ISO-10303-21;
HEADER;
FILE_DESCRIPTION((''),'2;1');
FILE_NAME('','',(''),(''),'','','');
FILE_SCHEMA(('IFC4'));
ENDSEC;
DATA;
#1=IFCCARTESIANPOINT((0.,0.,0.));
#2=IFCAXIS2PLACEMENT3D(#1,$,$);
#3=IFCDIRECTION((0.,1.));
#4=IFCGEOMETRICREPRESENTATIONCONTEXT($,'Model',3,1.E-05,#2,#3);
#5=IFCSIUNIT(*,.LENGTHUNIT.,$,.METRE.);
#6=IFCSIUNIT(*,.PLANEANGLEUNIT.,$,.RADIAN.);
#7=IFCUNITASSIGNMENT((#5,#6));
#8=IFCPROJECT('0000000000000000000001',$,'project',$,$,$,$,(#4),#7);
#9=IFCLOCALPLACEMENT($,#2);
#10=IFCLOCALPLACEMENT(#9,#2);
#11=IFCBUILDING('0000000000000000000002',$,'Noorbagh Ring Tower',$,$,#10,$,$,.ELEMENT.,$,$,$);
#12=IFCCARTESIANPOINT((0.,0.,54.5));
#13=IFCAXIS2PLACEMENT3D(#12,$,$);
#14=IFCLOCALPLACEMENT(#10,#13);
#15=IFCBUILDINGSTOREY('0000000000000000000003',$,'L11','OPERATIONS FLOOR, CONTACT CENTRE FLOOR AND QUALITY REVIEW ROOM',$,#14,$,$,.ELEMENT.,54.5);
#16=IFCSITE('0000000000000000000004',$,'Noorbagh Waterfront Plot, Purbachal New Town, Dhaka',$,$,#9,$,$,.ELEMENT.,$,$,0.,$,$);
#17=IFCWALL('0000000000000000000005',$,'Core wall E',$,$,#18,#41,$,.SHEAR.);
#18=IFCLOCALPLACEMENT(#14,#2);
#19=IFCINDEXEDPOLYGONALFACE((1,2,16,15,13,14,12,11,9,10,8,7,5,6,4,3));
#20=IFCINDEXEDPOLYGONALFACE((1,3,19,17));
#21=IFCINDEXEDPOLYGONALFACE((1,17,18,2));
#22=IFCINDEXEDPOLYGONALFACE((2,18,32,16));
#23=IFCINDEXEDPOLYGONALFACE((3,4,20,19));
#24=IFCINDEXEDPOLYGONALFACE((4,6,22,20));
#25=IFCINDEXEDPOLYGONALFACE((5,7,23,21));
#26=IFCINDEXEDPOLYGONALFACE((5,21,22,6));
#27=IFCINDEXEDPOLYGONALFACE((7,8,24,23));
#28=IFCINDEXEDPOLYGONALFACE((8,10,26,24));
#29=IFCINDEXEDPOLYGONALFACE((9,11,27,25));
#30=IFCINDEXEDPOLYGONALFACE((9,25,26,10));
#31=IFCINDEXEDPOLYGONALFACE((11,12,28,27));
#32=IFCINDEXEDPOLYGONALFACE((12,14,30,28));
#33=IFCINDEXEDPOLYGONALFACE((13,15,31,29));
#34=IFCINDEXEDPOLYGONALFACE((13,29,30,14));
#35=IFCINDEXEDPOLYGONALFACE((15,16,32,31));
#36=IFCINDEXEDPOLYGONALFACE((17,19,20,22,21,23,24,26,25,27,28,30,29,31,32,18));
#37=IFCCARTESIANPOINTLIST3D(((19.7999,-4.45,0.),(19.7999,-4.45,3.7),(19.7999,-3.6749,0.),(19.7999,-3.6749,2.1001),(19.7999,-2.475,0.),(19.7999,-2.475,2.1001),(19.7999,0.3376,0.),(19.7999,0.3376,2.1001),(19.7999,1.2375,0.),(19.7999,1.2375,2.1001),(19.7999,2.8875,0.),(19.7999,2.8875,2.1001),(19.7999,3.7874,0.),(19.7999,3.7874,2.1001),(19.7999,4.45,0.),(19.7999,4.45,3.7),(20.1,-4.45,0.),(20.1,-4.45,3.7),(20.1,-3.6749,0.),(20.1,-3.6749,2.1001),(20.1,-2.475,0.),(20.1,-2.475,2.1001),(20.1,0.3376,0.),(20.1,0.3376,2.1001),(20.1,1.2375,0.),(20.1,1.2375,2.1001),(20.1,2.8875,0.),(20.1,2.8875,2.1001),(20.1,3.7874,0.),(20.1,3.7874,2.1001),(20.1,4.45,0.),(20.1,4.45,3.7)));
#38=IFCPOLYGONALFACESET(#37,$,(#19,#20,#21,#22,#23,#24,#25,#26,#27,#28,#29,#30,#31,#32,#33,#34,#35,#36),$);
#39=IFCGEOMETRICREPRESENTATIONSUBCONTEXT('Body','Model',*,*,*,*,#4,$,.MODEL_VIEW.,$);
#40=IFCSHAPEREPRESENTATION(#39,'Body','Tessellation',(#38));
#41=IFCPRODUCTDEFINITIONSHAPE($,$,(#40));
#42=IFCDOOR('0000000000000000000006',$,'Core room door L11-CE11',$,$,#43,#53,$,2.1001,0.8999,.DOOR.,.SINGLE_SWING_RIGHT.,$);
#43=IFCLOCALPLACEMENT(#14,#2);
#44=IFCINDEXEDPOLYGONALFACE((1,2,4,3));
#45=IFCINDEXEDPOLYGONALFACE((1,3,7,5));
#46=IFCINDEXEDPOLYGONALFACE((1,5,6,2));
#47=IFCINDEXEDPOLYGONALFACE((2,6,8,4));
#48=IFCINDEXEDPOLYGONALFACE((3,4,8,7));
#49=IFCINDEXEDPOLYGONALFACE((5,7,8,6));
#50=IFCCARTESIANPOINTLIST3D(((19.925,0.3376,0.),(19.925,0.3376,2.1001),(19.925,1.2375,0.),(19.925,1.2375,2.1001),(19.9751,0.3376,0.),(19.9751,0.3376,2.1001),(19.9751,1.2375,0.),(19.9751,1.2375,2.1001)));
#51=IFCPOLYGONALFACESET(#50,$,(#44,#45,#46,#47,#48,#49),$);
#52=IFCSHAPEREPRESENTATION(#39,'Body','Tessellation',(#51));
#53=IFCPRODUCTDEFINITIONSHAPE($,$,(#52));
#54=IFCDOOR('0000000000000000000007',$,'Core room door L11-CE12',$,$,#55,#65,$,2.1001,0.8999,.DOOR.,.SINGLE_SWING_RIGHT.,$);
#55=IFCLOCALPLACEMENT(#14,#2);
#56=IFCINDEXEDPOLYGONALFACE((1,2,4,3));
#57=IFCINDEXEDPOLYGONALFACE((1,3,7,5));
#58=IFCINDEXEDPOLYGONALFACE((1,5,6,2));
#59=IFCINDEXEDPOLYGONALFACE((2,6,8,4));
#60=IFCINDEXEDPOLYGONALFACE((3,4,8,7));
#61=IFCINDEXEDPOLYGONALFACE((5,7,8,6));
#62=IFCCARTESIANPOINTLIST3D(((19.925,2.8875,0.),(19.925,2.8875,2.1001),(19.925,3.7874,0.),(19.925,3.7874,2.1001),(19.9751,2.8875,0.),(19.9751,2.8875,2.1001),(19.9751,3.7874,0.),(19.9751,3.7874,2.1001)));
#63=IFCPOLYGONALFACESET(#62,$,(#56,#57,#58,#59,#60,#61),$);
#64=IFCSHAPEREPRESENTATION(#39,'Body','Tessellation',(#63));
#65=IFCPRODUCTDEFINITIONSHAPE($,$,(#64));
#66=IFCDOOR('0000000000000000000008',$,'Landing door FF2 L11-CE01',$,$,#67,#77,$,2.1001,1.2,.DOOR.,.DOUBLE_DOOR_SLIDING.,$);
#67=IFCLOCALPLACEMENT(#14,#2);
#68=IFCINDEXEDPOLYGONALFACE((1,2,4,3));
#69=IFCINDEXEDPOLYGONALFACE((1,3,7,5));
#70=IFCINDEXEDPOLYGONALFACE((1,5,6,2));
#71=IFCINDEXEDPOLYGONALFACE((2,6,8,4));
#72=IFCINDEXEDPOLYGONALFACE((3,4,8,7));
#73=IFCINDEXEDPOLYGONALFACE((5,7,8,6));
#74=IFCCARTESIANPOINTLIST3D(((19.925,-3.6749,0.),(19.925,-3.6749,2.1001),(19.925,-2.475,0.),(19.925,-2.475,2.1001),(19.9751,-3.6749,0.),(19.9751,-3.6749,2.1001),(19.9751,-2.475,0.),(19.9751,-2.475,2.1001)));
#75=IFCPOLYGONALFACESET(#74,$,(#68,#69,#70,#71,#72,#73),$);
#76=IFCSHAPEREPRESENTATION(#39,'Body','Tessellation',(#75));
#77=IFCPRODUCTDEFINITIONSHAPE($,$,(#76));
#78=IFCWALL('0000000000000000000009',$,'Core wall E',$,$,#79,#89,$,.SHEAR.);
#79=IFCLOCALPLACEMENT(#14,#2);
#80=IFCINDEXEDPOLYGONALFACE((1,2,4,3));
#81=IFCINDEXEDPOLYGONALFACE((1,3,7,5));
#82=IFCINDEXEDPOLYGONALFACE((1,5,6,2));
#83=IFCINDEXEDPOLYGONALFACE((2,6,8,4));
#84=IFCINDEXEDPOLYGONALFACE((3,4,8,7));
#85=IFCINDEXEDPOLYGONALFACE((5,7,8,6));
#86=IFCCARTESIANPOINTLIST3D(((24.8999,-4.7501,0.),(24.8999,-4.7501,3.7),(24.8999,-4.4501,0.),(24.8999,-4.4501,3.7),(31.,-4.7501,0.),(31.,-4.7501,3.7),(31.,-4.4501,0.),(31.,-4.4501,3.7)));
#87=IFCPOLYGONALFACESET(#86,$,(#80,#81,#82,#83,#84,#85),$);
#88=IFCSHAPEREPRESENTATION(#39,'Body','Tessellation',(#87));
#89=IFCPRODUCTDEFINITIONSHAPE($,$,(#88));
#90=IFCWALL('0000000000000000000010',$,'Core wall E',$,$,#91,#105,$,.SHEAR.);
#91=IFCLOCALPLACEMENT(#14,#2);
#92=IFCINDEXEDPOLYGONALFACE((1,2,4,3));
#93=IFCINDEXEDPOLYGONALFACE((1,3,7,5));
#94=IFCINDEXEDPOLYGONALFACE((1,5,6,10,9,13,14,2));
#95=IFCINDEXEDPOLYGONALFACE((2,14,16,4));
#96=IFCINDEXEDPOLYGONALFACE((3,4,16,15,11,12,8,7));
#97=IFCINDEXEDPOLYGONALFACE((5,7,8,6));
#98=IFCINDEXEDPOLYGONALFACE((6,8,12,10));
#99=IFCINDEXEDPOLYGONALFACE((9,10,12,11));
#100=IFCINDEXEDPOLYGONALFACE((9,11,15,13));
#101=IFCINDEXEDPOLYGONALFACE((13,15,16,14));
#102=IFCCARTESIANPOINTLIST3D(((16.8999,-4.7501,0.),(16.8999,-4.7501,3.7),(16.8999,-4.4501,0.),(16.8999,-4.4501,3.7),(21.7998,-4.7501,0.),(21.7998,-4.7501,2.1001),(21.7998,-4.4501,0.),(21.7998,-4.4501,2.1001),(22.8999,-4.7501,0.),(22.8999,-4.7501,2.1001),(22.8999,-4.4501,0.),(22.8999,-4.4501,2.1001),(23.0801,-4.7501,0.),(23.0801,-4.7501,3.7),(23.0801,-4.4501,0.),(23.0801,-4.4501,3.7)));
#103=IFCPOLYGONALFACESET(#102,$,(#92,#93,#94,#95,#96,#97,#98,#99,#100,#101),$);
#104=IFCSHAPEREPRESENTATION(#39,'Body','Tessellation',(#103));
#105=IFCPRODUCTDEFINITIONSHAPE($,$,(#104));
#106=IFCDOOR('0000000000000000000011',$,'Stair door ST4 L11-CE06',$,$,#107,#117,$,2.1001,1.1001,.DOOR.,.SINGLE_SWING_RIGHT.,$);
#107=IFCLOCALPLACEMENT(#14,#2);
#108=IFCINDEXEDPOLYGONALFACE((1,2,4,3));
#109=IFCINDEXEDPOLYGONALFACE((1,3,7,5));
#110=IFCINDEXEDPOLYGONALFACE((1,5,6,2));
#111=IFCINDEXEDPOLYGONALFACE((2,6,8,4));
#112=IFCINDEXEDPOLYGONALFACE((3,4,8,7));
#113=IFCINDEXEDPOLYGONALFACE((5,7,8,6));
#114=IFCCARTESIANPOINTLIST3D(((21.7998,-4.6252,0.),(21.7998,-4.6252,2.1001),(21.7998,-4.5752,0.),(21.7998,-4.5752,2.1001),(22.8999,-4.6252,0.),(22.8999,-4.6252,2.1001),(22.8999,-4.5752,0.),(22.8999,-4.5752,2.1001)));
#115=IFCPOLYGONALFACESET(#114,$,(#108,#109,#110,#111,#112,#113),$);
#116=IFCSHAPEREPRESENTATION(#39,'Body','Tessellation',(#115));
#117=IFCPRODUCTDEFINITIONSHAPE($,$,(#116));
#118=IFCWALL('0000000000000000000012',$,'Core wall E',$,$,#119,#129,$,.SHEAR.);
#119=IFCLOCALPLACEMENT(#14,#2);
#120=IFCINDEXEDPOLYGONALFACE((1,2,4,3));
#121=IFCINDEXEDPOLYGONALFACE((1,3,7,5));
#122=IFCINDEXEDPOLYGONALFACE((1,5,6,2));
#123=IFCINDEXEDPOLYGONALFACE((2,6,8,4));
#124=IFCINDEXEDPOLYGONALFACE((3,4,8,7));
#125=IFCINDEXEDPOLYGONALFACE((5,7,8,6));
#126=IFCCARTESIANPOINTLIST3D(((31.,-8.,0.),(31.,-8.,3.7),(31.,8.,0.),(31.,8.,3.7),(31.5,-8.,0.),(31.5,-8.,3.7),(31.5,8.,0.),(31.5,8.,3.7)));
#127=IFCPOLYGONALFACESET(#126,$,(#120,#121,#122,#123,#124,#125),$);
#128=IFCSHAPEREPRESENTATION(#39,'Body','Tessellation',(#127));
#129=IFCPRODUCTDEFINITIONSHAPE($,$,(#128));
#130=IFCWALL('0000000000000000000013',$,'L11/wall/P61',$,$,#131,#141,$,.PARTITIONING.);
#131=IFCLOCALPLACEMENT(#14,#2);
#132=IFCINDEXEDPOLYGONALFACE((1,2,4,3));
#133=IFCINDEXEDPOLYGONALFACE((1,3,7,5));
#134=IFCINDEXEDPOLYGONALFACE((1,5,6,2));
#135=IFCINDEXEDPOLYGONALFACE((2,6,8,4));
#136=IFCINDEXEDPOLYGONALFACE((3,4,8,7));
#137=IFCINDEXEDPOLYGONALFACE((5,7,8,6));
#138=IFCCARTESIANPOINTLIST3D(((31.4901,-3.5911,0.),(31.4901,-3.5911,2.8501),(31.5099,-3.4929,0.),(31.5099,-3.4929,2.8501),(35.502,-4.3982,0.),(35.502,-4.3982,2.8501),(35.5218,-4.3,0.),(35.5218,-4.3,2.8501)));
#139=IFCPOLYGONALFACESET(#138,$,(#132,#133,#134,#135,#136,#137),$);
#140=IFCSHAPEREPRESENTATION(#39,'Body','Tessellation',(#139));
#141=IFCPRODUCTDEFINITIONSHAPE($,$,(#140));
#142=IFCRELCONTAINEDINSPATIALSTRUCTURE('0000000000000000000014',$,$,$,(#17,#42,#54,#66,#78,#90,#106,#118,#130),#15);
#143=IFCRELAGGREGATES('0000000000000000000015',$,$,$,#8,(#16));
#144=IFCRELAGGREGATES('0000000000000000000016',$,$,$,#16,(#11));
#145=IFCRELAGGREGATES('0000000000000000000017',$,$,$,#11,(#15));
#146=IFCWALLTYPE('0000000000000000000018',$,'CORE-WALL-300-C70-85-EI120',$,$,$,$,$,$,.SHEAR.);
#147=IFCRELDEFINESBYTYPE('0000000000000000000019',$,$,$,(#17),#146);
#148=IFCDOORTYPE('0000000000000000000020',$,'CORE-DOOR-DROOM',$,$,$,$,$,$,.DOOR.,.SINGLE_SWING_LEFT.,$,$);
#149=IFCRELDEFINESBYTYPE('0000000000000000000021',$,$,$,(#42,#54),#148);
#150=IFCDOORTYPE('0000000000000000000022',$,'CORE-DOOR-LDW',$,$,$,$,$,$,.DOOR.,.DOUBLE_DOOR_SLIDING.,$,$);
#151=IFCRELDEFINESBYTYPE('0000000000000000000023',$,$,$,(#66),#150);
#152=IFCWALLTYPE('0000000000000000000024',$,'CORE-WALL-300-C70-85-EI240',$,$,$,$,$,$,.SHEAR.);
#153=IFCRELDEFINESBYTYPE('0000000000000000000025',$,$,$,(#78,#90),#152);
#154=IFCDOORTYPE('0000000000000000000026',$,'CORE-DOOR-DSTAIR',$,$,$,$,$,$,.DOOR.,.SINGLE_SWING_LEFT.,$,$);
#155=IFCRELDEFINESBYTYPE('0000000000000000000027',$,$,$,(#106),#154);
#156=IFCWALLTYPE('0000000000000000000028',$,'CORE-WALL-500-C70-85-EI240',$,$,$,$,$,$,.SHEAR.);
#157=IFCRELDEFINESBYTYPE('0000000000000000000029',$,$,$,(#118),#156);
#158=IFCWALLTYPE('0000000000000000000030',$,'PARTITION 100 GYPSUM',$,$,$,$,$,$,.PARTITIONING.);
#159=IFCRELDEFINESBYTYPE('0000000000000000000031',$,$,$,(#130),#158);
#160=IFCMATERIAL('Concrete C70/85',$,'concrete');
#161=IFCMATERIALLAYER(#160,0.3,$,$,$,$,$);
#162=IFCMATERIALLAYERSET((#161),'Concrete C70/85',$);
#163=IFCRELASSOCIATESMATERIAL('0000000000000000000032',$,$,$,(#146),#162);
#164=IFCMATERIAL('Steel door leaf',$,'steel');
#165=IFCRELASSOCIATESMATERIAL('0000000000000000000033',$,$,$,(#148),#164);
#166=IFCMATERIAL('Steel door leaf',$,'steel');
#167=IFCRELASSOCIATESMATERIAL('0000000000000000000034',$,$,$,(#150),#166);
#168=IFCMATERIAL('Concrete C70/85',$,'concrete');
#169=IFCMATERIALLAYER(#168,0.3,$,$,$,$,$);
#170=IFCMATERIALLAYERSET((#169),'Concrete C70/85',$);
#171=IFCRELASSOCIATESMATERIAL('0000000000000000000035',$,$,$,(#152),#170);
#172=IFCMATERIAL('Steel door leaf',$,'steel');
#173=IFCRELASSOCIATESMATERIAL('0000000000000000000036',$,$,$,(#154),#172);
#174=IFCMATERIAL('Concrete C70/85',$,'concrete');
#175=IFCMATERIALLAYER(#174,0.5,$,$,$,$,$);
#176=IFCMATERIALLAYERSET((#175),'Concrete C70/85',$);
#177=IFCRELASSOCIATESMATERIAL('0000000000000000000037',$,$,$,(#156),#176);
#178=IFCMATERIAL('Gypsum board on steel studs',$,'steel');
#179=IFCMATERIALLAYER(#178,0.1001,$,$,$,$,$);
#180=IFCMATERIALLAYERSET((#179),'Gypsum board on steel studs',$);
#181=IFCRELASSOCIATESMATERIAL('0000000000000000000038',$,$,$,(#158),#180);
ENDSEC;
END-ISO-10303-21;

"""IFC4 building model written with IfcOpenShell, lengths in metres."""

from ifc_helpers import new_model, si_unit, direction, frame, frame_2d, origin, place, context, subcontext, project, spatial, rectangle, extrude, material, layer, layer_set, type_object, element, fill, save


model = new_model("IFC4")

# Units and contexts
model_context = context("Model", 3, precision=1e-05, world=origin(), true_north=direction((0.0, 1.0)))
body_context = subcontext(model_context, "Body", "Model", "MODEL_VIEW")
ifc_project = project(units=[si_unit("LENGTHUNIT", "METRE"), si_unit("PLANEANGLEUNIT", "RADIAN")], contexts=[model_context])

# Site, building, storey
site_placement = place(None, origin())
site = spatial("IfcSite", under=ifc_project, at=site_placement, Name="Noorbagh Waterfront Plot, Purbachal New Town, Dhaka", CompositionType="ELEMENT", RefElevation=0.0)
building_placement = place(site_placement, origin())
building = spatial("IfcBuilding", under=site, at=building_placement, Name="Noorbagh Ring Tower", CompositionType="ELEMENT")
storey_placement = place(building_placement, frame((0.0, 0.0, 54.5)))
storey = spatial("IfcBuildingStorey", under=building, at=storey_placement, Name="L11", Description="OPERATIONS FLOOR, CONTACT CENTRE FLOOR AND QUALITY REVIEW ROOM", CompositionType="ELEMENT", Elevation=54.5)

# Shared definitions
ifc_material_1 = material(Name="Concrete C70/85", Category="concrete")
ifc_layer_1 = layer(ifc_material_1, 0.3)
ifc_layer_set_1 = layer_set([ifc_layer_1], Name="Concrete C70/85")
wall_type_1 = type_object("IfcWallType", Name="CORE-WALL-300-C70-85-EI120", PredefinedType="SHEAR", material=ifc_layer_set_1)

# Wall, openings, doors
wall_1_placement = place(storey_placement, frame((19.95, -4.45, 0.0), z_axis=(0.0, 0.0, 1.0), x_axis=(0.0, 1.0, 0.0)))
wall_1 = element("IfcWall", 1, at=wall_1_placement, inside=storey, type_object=wall_type_1, Name="Core wall E", PredefinedType="SHEAR", context=body_context, shape_type="SweptSolid", body=[
    extrude(rectangle(XDim=8.8999, YDim=0.3, at=frame_2d((4.45, 0.0))), origin(), (0.0, 0.0, 1.0), 3.7),
])
opening_1_placement = place(wall_1_placement, frame((0.7749, 0.0, 0.0)))
opening_1 = element("IfcOpeningElement", 2, at=opening_1_placement, cuts=wall_1, PredefinedType="OPENING", context=body_context, shape_type="SweptSolid", body=[
    extrude(rectangle(XDim=1.2, YDim=2.1001, at=frame_2d((0.6001, 1.05))), frame((0.0, 0.1602, 0.0), z_axis=(0.0, -1.0, 0.0), x_axis=(1.0, 0.0, 0.0)), (0.0, 0.0, 1.0), 0.3201),
])
opening_2_placement = place(wall_1_placement, frame((4.7876, 0.0, 0.0)))
opening_2 = element("IfcOpeningElement", 3, at=opening_2_placement, cuts=wall_1, PredefinedType="OPENING", context=body_context, shape_type="SweptSolid", body=[
    extrude(rectangle(XDim=0.8999, YDim=2.1001, at=frame_2d((0.45, 1.05))), frame((0.0, 0.1602, 0.0), z_axis=(0.0, -1.0, 0.0), x_axis=(1.0, 0.0, 0.0)), (0.0, 0.0, 1.0), 0.3201),
])
opening_3_placement = place(wall_1_placement, frame((7.3374, 0.0, 0.0)))
opening_3 = element("IfcOpeningElement", 4, at=opening_3_placement, cuts=wall_1, PredefinedType="OPENING", context=body_context, shape_type="SweptSolid", body=[
    extrude(rectangle(XDim=0.8999, YDim=2.1001, at=frame_2d((0.45, 1.05))), frame((0.0, 0.1602, 0.0), z_axis=(0.0, -1.0, 0.0), x_axis=(1.0, 0.0, 0.0)), (0.0, 0.0, 1.0), 0.3201),
])
ifc_material_2 = material(Name="Steel door leaf", Category="steel")
door_type_1 = type_object("IfcDoorType", Name="CORE-DOOR-DROOM", OperationType="SINGLE_SWING_LEFT", PredefinedType="DOOR", material=ifc_material_2)
door_1_placement = place(opening_2_placement, origin())
door_1 = element("IfcDoor", 5, at=door_1_placement, inside=storey, type_object=door_type_1, Name="Core room door L11-CE11", OperationType="SINGLE_SWING_RIGHT", OverallHeight=2.1001, OverallWidth=0.8999, PredefinedType="DOOR", context=body_context, shape_type="SweptSolid", body=[
    extrude(rectangle(XDim=0.8999, YDim=2.1001, at=frame_2d((0.45, 1.05))), frame((0.0, 0.0249, 0.0), z_axis=(0.0, -1.0, 0.0), x_axis=(1.0, 0.0, 0.0)), (0.0, 0.0, 1.0), 0.05),
])
fill(opening_2, door_1)
door_2_placement = place(opening_3_placement, origin())
door_2 = element("IfcDoor", 6, at=door_2_placement, inside=storey, type_object=door_type_1, Name="Core room door L11-CE12", OperationType="SINGLE_SWING_RIGHT", OverallHeight=2.1001, OverallWidth=0.8999, PredefinedType="DOOR", context=body_context, shape_type="SweptSolid", body=[
    extrude(rectangle(XDim=0.8999, YDim=2.1001, at=frame_2d((0.45, 1.05))), frame((0.0, 0.0249, 0.0), z_axis=(0.0, -1.0, 0.0), x_axis=(1.0, 0.0, 0.0)), (0.0, 0.0, 1.0), 0.05),
])
fill(opening_3, door_2)
ifc_material_3 = material(Name="Steel door leaf", Category="steel")
door_type_2 = type_object("IfcDoorType", Name="CORE-DOOR-LDW", OperationType="DOUBLE_DOOR_SLIDING", PredefinedType="DOOR", material=ifc_material_3)
door_3_placement = place(opening_1_placement, origin())
door_3 = element("IfcDoor", 7, at=door_3_placement, inside=storey, type_object=door_type_2, Name="Landing door FF2 L11-CE01", OperationType="DOUBLE_DOOR_SLIDING", OverallHeight=2.1001, OverallWidth=1.2, PredefinedType="DOOR", context=body_context, shape_type="SweptSolid", body=[
    extrude(rectangle(XDim=1.2, YDim=2.1001, at=frame_2d((0.6001, 1.05))), frame((0.0, 0.0249, 0.0), z_axis=(0.0, -1.0, 0.0), x_axis=(1.0, 0.0, 0.0)), (0.0, 0.0, 1.0), 0.05),
])
fill(opening_1, door_3)

# Wall
ifc_material_4 = material(Name="Concrete C70/85", Category="concrete")
ifc_layer_2 = layer(ifc_material_4, 0.3)
ifc_layer_set_2 = layer_set([ifc_layer_2], Name="Concrete C70/85")
wall_type_2 = type_object("IfcWallType", Name="CORE-WALL-300-C70-85-EI240", PredefinedType="SHEAR", material=ifc_layer_set_2)
wall_2_placement = place(storey_placement, frame((24.8999, -4.6001, 0.0), z_axis=(0.0, 0.0, 1.0), x_axis=(1.0, 0.0, 0.0)))
element("IfcWall", 8, at=wall_2_placement, inside=storey, type_object=wall_type_2, Name="Core wall E", PredefinedType="SHEAR", context=body_context, shape_type="SweptSolid", body=[
    extrude(rectangle(XDim=6.1001, YDim=0.3, at=frame_2d((3.05, 0.0))), origin(), (0.0, 0.0, 1.0), 3.7),
])

# Wall, opening, door
wall_3_placement = place(storey_placement, frame((16.8999, -4.6001, 0.0), z_axis=(0.0, 0.0, 1.0), x_axis=(1.0, 0.0, 0.0)))
wall_3 = element("IfcWall", 9, at=wall_3_placement, inside=storey, type_object=wall_type_2, Name="Core wall E", PredefinedType="SHEAR", context=body_context, shape_type="SweptSolid", body=[
    extrude(rectangle(XDim=6.1802, YDim=0.3, at=frame_2d((3.0901, 0.0))), origin(), (0.0, 0.0, 1.0), 3.7),
])
opening_4_placement = place(wall_3_placement, frame((4.8999, 0.0, 0.0)))
opening_4 = element("IfcOpeningElement", 10, at=opening_4_placement, cuts=wall_3, PredefinedType="OPENING", context=body_context, shape_type="SweptSolid", body=[
    extrude(rectangle(XDim=1.1001, YDim=2.1001, at=frame_2d((0.55, 1.05))), frame((0.0, 0.1602, 0.0), z_axis=(0.0, -1.0, 0.0), x_axis=(1.0, 0.0, 0.0)), (0.0, 0.0, 1.0), 0.3201),
])
ifc_material_5 = material(Name="Steel door leaf", Category="steel")
door_type_3 = type_object("IfcDoorType", Name="CORE-DOOR-DSTAIR", OperationType="SINGLE_SWING_LEFT", PredefinedType="DOOR", material=ifc_material_5)
door_4_placement = place(opening_4_placement, origin())
door_4 = element("IfcDoor", 11, at=door_4_placement, inside=storey, type_object=door_type_3, Name="Stair door ST4 L11-CE06", OperationType="SINGLE_SWING_RIGHT", OverallHeight=2.1001, OverallWidth=1.1001, PredefinedType="DOOR", context=body_context, shape_type="SweptSolid", body=[
    extrude(rectangle(XDim=1.1001, YDim=2.1001, at=frame_2d((0.55, 1.05))), frame((0.0, 0.0249, 0.0), z_axis=(0.0, -1.0, 0.0), x_axis=(1.0, 0.0, 0.0)), (0.0, 0.0, 1.0), 0.05),
])
fill(opening_4, door_4)

# Walls
ifc_material_6 = material(Name="Concrete C70/85", Category="concrete")
ifc_layer_3 = layer(ifc_material_6, 0.5)
ifc_layer_set_3 = layer_set([ifc_layer_3], Name="Concrete C70/85")
wall_type_3 = type_object("IfcWallType", Name="CORE-WALL-500-C70-85-EI240", PredefinedType="SHEAR", material=ifc_layer_set_3)
wall_4_placement = place(storey_placement, frame((31.25, -8.0, 0.0), z_axis=(0.0, 0.0, 1.0), x_axis=(0.0, 1.0, 0.0)))
element("IfcWall", 12, at=wall_4_placement, inside=storey, type_object=wall_type_3, Name="Core wall E", PredefinedType="SHEAR", context=body_context, shape_type="SweptSolid", body=[
    extrude(rectangle(XDim=16.0, YDim=0.5, at=frame_2d((8.0, 0.0))), origin(), (0.0, 0.0, 1.0), 3.7),
])
ifc_material_7 = material(Name="Gypsum board on steel studs", Category="steel")
ifc_layer_4 = layer(ifc_material_7, 0.1001)
ifc_layer_set_4 = layer_set([ifc_layer_4], Name="Gypsum board on steel studs")
wall_type_4 = type_object("IfcWallType", Name="PARTITION 100 GYPSUM", PredefinedType="PARTITIONING", material=ifc_layer_set_4)
wall_5_placement = place(storey_placement, frame((31.5, -3.542, 0.0), z_axis=(0.0, 0.0, 1.0), x_axis=(0.980357, -0.197229, 0.0)))
element("IfcWall", 13, at=wall_5_placement, inside=storey, type_object=wall_type_4, Name="L11/wall/P61", PredefinedType="PARTITIONING", context=body_context, shape_type="SweptSolid", body=[
    extrude(rectangle(XDim=4.0923, YDim=0.1001, at=frame_2d((2.0461, 0.0))), origin(), (0.0, 0.0, 1.0), 2.8501),
])

save(model, "model.ifc")
